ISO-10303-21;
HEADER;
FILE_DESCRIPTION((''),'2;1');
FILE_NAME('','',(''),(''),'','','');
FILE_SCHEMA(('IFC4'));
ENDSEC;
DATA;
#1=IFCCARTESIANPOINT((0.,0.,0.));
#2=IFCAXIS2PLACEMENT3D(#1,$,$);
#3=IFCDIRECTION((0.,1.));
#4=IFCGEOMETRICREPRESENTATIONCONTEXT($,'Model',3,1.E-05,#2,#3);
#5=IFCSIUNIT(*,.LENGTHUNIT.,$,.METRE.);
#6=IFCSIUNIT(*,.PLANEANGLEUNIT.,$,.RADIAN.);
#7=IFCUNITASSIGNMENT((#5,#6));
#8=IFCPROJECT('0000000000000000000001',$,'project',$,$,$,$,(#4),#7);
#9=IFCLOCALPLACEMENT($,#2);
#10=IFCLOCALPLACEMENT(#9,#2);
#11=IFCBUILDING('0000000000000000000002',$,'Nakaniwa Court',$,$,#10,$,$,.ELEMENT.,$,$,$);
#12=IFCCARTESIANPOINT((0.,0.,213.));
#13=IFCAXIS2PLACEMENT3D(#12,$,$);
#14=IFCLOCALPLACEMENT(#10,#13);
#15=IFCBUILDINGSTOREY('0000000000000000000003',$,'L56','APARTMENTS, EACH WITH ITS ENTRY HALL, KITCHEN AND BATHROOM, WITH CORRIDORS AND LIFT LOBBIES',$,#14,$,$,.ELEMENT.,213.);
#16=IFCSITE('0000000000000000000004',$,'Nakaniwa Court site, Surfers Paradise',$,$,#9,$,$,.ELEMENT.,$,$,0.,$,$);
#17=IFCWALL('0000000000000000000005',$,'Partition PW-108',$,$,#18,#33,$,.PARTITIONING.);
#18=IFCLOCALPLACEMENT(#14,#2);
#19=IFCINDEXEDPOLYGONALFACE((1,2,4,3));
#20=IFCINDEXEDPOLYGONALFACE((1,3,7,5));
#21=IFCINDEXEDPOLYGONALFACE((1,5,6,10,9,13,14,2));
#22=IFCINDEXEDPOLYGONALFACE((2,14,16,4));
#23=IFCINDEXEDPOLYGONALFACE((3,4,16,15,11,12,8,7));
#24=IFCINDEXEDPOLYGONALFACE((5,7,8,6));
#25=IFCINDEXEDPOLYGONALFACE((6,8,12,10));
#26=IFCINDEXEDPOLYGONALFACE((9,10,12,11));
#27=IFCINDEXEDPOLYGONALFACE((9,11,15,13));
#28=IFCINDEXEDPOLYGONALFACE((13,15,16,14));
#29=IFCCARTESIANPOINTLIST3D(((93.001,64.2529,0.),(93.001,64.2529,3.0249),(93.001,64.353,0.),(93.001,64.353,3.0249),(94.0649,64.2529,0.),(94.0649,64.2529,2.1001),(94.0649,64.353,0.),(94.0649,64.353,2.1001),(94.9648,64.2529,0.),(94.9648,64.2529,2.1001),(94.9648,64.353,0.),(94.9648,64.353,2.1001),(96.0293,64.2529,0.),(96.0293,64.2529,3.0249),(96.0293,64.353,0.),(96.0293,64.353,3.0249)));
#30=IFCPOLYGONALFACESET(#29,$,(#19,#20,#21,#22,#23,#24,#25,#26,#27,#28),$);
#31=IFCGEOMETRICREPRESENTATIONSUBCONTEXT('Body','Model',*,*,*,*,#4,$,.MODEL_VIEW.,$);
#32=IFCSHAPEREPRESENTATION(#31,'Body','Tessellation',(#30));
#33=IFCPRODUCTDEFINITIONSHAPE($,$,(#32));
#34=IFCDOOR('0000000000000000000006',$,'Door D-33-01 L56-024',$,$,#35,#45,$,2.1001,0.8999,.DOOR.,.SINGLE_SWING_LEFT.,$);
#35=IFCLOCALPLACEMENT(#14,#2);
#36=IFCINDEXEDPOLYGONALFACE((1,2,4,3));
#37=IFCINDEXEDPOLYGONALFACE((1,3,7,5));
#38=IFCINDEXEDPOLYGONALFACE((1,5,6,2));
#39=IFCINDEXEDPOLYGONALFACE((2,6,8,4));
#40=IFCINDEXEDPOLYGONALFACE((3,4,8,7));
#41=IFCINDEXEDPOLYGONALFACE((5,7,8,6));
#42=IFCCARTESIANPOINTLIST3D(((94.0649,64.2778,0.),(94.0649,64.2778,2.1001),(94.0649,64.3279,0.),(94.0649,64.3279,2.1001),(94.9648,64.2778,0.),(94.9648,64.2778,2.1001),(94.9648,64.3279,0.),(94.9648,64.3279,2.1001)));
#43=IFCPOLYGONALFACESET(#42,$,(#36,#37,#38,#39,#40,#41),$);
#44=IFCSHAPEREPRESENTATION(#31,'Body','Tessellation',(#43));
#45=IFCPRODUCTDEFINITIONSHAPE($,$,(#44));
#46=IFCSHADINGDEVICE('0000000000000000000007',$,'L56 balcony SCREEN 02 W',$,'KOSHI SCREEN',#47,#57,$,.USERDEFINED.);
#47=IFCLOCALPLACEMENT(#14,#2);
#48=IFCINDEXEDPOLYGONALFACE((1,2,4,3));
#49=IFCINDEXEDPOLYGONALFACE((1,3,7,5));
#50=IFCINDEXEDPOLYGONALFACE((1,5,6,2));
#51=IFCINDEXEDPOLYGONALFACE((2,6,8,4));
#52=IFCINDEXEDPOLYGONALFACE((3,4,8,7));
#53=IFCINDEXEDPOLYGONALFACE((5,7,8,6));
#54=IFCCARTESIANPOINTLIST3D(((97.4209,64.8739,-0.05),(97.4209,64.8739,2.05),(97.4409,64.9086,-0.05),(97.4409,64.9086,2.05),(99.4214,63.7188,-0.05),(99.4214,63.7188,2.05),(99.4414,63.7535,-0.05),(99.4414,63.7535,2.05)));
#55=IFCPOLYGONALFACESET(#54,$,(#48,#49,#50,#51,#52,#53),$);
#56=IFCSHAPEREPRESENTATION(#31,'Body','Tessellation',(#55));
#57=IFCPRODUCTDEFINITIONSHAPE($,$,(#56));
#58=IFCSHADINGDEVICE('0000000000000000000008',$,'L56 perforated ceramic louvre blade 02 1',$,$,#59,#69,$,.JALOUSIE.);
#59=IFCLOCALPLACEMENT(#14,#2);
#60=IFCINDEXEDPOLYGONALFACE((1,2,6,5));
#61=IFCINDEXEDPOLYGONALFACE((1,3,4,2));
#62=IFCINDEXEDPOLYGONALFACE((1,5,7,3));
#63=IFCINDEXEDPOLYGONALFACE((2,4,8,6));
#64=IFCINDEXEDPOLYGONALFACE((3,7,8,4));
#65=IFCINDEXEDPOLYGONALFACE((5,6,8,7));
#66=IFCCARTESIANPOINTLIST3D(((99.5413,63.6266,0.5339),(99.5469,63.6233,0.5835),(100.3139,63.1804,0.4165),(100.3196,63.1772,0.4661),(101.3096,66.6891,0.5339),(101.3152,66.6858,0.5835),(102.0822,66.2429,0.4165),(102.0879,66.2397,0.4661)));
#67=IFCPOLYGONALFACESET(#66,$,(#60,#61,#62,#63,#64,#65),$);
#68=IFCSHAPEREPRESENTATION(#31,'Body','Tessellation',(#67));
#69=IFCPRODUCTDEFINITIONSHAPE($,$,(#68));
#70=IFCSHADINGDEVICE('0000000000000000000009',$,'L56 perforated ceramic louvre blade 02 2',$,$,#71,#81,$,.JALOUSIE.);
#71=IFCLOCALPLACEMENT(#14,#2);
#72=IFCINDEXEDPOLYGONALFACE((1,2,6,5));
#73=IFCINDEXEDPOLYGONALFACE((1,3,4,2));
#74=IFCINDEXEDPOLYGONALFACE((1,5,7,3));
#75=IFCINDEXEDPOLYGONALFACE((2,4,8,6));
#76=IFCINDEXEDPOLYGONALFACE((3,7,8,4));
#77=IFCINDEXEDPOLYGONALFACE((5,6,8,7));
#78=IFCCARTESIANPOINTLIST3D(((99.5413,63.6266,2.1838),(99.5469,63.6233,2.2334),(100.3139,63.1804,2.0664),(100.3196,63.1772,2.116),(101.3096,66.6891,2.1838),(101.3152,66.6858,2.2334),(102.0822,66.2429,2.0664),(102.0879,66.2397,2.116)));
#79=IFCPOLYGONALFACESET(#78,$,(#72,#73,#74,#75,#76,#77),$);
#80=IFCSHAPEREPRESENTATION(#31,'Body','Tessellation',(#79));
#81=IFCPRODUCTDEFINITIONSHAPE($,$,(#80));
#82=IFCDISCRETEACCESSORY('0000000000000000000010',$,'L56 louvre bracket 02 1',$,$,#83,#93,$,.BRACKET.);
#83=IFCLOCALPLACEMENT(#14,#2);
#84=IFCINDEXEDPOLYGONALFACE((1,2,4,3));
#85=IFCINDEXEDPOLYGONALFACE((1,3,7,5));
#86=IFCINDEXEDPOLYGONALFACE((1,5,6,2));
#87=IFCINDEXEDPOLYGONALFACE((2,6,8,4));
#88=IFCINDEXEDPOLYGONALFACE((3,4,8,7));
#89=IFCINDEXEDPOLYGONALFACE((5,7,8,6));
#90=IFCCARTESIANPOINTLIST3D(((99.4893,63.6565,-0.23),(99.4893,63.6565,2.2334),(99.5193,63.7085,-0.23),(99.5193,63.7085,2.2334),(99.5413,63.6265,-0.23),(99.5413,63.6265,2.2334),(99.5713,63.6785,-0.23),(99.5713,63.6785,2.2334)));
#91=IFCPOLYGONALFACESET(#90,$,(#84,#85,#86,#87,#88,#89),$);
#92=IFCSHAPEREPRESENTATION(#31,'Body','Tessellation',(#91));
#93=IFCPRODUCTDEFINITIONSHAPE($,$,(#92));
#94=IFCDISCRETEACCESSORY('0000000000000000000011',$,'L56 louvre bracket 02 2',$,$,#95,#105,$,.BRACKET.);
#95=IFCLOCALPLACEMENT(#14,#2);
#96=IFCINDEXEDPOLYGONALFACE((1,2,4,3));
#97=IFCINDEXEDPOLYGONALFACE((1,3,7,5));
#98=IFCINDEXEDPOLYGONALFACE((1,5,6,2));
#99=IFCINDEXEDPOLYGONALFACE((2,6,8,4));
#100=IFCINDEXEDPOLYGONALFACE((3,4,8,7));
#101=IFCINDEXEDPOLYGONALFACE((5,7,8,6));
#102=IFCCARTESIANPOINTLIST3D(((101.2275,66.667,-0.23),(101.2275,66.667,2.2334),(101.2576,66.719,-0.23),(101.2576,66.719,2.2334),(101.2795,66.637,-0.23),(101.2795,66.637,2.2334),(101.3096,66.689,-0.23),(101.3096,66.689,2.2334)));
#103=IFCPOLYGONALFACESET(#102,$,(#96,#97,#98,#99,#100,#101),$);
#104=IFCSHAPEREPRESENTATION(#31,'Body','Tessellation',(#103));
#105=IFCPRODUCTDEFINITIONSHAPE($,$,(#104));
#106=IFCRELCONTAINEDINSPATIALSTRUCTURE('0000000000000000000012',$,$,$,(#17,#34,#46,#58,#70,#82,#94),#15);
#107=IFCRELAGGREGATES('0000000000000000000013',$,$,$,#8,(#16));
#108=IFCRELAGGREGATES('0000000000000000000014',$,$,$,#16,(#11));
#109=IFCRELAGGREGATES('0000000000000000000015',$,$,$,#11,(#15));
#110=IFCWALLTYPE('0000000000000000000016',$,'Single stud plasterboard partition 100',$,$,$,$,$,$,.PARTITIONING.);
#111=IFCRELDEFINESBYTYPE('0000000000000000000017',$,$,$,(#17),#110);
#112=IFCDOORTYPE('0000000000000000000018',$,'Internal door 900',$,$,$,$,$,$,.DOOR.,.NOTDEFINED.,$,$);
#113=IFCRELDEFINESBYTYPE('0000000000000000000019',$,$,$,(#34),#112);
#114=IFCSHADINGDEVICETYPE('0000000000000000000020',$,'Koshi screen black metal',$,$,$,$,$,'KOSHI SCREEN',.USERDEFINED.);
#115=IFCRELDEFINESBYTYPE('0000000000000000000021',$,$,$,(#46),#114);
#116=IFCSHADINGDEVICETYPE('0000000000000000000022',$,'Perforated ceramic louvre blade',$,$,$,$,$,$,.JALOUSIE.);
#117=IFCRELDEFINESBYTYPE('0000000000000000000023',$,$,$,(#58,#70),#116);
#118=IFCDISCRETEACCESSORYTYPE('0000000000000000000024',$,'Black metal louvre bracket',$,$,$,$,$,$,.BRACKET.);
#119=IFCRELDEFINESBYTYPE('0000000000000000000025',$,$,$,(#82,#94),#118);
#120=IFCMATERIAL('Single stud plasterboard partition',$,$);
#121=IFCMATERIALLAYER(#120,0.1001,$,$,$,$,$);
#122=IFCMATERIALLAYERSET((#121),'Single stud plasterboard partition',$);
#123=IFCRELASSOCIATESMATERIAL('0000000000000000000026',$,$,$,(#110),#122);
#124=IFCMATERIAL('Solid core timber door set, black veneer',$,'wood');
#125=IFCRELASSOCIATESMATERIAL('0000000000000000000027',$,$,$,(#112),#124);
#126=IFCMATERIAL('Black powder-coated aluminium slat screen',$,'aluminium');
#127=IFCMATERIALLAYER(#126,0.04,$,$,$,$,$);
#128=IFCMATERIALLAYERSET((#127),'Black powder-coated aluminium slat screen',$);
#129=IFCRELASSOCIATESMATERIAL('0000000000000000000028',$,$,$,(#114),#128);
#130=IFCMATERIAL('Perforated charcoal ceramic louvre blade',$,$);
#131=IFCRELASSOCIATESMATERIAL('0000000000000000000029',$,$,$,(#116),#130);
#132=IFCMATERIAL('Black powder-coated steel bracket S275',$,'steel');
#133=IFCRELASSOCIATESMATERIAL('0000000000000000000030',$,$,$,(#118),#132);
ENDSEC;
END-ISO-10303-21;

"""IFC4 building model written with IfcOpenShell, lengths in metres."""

from ifc_helpers import new_model, si_unit, direction, frame, frame_2d, origin, origin_2d, place, context, subcontext, project, spatial, rectangle, extrude, material, layer, layer_set, material_profile, profile_set, type_object, element, fill, save


model = new_model("IFC4")

# Units and contexts
model_context = context("Model", 3, precision=1e-05, world=origin(), true_north=direction((0.0, 1.0)))
body_context = subcontext(model_context, "Body", "Model", "MODEL_VIEW")
ifc_project = project(units=[si_unit("LENGTHUNIT", "METRE"), si_unit("PLANEANGLEUNIT", "RADIAN")], contexts=[model_context])

# Site, building, storey
site_placement = place(None, origin())
site = spatial("IfcSite", under=ifc_project, at=site_placement, Name="Nakaniwa Court site, Surfers Paradise", CompositionType="ELEMENT", RefElevation=0.0)
building_placement = place(site_placement, origin())
building = spatial("IfcBuilding", under=site, at=building_placement, Name="Nakaniwa Court", CompositionType="ELEMENT")
storey_placement = place(building_placement, frame((0.0, 0.0, 213.0)))
storey = spatial("IfcBuildingStorey", under=building, at=storey_placement, Name="L56", Description="APARTMENTS, EACH WITH ITS ENTRY HALL, KITCHEN AND BATHROOM, WITH CORRIDORS AND LIFT LOBBIES", CompositionType="ELEMENT", Elevation=213.0)

# Shared definitions
ifc_material_1 = material(Name="Solid core timber door set, black veneer", Category="wood")

# Wall, opening, door
ifc_material_2 = material(Name="Single stud plasterboard partition")
ifc_layer_1 = layer(ifc_material_2, 0.1001)
ifc_layer_set_1 = layer_set([ifc_layer_1], Name="Single stud plasterboard partition")
wall_type_1 = type_object("IfcWallType", Name="Single stud plasterboard partition 100", PredefinedType="PARTITIONING", material=ifc_layer_set_1)
wall_1_placement = place(storey_placement, frame((93.001, 64.303, 0.0), z_axis=(0.0, 0.0, 1.0), x_axis=(1.0, 0.0, 0.0)))
wall_1 = element("IfcWall", 1, at=wall_1_placement, inside=storey, type_object=wall_type_1, Name="Partition PW-108", PredefinedType="PARTITIONING", context=body_context, shape_type="SweptSolid", body=[
    extrude(rectangle(XDim=3.0283, YDim=0.1001, at=frame_2d((1.5142, 0.0))), origin(), (0.0, 0.0, 1.0), 3.0249),
])
opening_1_placement = place(wall_1_placement, frame((1.064, 0.0, 0.0)))
opening_1 = element("IfcOpeningElement", 2, at=opening_1_placement, cuts=wall_1, PredefinedType="OPENING", context=body_context, shape_type="SweptSolid", body=[
    extrude(rectangle(XDim=0.8999, YDim=2.1001, at=frame_2d((0.45, 1.05))), frame((0.0, 0.0601, 0.0), z_axis=(0.0, -1.0, 0.0), x_axis=(1.0, 0.0, 0.0)), (0.0, 0.0, 1.0), 0.1201),
])
door_type_1 = type_object("IfcDoorType", Name="Internal door 900", OperationType="NOTDEFINED", PredefinedType="DOOR", material=ifc_material_1)
door_1_placement = place(opening_1_placement, origin())
door_1 = element("IfcDoor", 3, at=door_1_placement, inside=storey, type_object=door_type_1, Name="Door D-33-01 L56-024", OperationType="SINGLE_SWING_LEFT", OverallHeight=2.1001, OverallWidth=0.8999, PredefinedType="DOOR", context=body_context, shape_type="SweptSolid", body=[
    extrude(rectangle(XDim=0.8999, YDim=2.1001, at=frame_2d((0.45, 1.05))), frame((0.0, 0.0249, 0.0), z_axis=(0.0, -1.0, 0.0), x_axis=(1.0, 0.0, 0.0)), (0.0, 0.0, 1.0), 0.05),
])
fill(opening_1, door_1)

# Shading devices
ifc_material_3 = material(Name="Black powder-coated aluminium slat screen", Category="aluminium")
ifc_layer_2 = layer(ifc_material_3, 0.04)
ifc_layer_set_2 = layer_set([ifc_layer_2], Name="Black powder-coated aluminium slat screen")
shading_device_type_1 = type_object("IfcShadingDeviceType", Name="Koshi screen black metal", ElementType="KOSHI SCREEN", PredefinedType="USERDEFINED", material=ifc_layer_set_2)
shading_device_placement = place(storey_placement, frame((98.4312, 64.3137, -0.05), z_axis=(0.0, 0.0, 1.0), x_axis=(0.500017, 0.866016, 0.0)))
element("IfcShadingDevice", 4, at=shading_device_placement, inside=storey, type_object=shading_device_type_1, Name="L56 balcony SCREEN 02 W", ObjectType="KOSHI SCREEN", PredefinedType="USERDEFINED", context=body_context, shape_type="SweptSolid", body=[
    extrude(rectangle(XDim=0.04, YDim=2.3101, at=origin_2d()), origin(), (0.0, 0.0, 1.0), 2.1001),
])
ifc_material_4 = material(Name="Perforated charcoal ceramic louvre blade")
ifc_material_profile_1 = material_profile(ifc_material_4, rectangle(XDim=0.8999, YDim=0.05, at=origin_2d()), Name="Perforated ceramic louvre blade")
ifc_profile_set_1 = profile_set([ifc_material_profile_1], Name="Perforated charcoal ceramic louvre blade")
shading_device_type_2 = type_object("IfcShadingDeviceType", Name="Perforated ceramic louvre blade", PredefinedType="JALOUSIE", material=ifc_profile_set_1)
for number, where, z_axis, x_axis, name in (
    (5, (99.9304, 63.4019, 0.5), (0.500037, 0.866004, 0.0), (-0.858595, 0.495759, 0.130526), "L56 perforated ceramic louvre blade 02 1"),
    (6, (99.9304, 63.4019, 2.1499), (0.500037, 0.866004, 0.0), (-0.858595, 0.495759, 0.130526), "L56 perforated ceramic louvre blade 02 2"),
):
    element("IfcShadingDevice", number, at=place(storey_placement, frame(where, z_axis=z_axis, x_axis=x_axis)), inside=storey, type_object=shading_device_type_2, Name=name, PredefinedType="JALOUSIE", context=body_context, shape_type="SweptSolid", body=[
        extrude(rectangle(XDim=0.8999, YDim=0.05, at=origin_2d()), origin(), (0.0, 0.0, 1.0), 3.5364),
    ])

# Discrete accessories
ifc_material_5 = material(Name="Black powder-coated steel bracket S275", Category="steel")
discrete_accessory_type = type_object("IfcDiscreteAccessoryType", Name="Black metal louvre bracket", PredefinedType="BRACKET", material=ifc_material_5)
for number, where, z_axis, x_axis, name in (
    (7, (99.5303, 63.6675, -0.23), (0.0, 0.0, 1.0), (0.500017, 0.866016, 0.0), "L56 louvre bracket 02 1"),
    (8, (101.2686, 66.678, -0.23), (0.0, 0.0, 1.0), (0.500017, 0.866016, 0.0), "L56 louvre bracket 02 2"),
):
    element("IfcDiscreteAccessory", number, at=place(storey_placement, frame(where, z_axis=z_axis, x_axis=x_axis)), inside=storey, type_object=discrete_accessory_type, Name=name, PredefinedType="BRACKET", context=body_context, shape_type="SweptSolid", body=[
        extrude(rectangle(XDim=0.0601, YDim=0.0601, at=origin_2d()), origin(), (0.0, 0.0, 1.0), 2.4634),
    ])

save(model, "model.ifc")
